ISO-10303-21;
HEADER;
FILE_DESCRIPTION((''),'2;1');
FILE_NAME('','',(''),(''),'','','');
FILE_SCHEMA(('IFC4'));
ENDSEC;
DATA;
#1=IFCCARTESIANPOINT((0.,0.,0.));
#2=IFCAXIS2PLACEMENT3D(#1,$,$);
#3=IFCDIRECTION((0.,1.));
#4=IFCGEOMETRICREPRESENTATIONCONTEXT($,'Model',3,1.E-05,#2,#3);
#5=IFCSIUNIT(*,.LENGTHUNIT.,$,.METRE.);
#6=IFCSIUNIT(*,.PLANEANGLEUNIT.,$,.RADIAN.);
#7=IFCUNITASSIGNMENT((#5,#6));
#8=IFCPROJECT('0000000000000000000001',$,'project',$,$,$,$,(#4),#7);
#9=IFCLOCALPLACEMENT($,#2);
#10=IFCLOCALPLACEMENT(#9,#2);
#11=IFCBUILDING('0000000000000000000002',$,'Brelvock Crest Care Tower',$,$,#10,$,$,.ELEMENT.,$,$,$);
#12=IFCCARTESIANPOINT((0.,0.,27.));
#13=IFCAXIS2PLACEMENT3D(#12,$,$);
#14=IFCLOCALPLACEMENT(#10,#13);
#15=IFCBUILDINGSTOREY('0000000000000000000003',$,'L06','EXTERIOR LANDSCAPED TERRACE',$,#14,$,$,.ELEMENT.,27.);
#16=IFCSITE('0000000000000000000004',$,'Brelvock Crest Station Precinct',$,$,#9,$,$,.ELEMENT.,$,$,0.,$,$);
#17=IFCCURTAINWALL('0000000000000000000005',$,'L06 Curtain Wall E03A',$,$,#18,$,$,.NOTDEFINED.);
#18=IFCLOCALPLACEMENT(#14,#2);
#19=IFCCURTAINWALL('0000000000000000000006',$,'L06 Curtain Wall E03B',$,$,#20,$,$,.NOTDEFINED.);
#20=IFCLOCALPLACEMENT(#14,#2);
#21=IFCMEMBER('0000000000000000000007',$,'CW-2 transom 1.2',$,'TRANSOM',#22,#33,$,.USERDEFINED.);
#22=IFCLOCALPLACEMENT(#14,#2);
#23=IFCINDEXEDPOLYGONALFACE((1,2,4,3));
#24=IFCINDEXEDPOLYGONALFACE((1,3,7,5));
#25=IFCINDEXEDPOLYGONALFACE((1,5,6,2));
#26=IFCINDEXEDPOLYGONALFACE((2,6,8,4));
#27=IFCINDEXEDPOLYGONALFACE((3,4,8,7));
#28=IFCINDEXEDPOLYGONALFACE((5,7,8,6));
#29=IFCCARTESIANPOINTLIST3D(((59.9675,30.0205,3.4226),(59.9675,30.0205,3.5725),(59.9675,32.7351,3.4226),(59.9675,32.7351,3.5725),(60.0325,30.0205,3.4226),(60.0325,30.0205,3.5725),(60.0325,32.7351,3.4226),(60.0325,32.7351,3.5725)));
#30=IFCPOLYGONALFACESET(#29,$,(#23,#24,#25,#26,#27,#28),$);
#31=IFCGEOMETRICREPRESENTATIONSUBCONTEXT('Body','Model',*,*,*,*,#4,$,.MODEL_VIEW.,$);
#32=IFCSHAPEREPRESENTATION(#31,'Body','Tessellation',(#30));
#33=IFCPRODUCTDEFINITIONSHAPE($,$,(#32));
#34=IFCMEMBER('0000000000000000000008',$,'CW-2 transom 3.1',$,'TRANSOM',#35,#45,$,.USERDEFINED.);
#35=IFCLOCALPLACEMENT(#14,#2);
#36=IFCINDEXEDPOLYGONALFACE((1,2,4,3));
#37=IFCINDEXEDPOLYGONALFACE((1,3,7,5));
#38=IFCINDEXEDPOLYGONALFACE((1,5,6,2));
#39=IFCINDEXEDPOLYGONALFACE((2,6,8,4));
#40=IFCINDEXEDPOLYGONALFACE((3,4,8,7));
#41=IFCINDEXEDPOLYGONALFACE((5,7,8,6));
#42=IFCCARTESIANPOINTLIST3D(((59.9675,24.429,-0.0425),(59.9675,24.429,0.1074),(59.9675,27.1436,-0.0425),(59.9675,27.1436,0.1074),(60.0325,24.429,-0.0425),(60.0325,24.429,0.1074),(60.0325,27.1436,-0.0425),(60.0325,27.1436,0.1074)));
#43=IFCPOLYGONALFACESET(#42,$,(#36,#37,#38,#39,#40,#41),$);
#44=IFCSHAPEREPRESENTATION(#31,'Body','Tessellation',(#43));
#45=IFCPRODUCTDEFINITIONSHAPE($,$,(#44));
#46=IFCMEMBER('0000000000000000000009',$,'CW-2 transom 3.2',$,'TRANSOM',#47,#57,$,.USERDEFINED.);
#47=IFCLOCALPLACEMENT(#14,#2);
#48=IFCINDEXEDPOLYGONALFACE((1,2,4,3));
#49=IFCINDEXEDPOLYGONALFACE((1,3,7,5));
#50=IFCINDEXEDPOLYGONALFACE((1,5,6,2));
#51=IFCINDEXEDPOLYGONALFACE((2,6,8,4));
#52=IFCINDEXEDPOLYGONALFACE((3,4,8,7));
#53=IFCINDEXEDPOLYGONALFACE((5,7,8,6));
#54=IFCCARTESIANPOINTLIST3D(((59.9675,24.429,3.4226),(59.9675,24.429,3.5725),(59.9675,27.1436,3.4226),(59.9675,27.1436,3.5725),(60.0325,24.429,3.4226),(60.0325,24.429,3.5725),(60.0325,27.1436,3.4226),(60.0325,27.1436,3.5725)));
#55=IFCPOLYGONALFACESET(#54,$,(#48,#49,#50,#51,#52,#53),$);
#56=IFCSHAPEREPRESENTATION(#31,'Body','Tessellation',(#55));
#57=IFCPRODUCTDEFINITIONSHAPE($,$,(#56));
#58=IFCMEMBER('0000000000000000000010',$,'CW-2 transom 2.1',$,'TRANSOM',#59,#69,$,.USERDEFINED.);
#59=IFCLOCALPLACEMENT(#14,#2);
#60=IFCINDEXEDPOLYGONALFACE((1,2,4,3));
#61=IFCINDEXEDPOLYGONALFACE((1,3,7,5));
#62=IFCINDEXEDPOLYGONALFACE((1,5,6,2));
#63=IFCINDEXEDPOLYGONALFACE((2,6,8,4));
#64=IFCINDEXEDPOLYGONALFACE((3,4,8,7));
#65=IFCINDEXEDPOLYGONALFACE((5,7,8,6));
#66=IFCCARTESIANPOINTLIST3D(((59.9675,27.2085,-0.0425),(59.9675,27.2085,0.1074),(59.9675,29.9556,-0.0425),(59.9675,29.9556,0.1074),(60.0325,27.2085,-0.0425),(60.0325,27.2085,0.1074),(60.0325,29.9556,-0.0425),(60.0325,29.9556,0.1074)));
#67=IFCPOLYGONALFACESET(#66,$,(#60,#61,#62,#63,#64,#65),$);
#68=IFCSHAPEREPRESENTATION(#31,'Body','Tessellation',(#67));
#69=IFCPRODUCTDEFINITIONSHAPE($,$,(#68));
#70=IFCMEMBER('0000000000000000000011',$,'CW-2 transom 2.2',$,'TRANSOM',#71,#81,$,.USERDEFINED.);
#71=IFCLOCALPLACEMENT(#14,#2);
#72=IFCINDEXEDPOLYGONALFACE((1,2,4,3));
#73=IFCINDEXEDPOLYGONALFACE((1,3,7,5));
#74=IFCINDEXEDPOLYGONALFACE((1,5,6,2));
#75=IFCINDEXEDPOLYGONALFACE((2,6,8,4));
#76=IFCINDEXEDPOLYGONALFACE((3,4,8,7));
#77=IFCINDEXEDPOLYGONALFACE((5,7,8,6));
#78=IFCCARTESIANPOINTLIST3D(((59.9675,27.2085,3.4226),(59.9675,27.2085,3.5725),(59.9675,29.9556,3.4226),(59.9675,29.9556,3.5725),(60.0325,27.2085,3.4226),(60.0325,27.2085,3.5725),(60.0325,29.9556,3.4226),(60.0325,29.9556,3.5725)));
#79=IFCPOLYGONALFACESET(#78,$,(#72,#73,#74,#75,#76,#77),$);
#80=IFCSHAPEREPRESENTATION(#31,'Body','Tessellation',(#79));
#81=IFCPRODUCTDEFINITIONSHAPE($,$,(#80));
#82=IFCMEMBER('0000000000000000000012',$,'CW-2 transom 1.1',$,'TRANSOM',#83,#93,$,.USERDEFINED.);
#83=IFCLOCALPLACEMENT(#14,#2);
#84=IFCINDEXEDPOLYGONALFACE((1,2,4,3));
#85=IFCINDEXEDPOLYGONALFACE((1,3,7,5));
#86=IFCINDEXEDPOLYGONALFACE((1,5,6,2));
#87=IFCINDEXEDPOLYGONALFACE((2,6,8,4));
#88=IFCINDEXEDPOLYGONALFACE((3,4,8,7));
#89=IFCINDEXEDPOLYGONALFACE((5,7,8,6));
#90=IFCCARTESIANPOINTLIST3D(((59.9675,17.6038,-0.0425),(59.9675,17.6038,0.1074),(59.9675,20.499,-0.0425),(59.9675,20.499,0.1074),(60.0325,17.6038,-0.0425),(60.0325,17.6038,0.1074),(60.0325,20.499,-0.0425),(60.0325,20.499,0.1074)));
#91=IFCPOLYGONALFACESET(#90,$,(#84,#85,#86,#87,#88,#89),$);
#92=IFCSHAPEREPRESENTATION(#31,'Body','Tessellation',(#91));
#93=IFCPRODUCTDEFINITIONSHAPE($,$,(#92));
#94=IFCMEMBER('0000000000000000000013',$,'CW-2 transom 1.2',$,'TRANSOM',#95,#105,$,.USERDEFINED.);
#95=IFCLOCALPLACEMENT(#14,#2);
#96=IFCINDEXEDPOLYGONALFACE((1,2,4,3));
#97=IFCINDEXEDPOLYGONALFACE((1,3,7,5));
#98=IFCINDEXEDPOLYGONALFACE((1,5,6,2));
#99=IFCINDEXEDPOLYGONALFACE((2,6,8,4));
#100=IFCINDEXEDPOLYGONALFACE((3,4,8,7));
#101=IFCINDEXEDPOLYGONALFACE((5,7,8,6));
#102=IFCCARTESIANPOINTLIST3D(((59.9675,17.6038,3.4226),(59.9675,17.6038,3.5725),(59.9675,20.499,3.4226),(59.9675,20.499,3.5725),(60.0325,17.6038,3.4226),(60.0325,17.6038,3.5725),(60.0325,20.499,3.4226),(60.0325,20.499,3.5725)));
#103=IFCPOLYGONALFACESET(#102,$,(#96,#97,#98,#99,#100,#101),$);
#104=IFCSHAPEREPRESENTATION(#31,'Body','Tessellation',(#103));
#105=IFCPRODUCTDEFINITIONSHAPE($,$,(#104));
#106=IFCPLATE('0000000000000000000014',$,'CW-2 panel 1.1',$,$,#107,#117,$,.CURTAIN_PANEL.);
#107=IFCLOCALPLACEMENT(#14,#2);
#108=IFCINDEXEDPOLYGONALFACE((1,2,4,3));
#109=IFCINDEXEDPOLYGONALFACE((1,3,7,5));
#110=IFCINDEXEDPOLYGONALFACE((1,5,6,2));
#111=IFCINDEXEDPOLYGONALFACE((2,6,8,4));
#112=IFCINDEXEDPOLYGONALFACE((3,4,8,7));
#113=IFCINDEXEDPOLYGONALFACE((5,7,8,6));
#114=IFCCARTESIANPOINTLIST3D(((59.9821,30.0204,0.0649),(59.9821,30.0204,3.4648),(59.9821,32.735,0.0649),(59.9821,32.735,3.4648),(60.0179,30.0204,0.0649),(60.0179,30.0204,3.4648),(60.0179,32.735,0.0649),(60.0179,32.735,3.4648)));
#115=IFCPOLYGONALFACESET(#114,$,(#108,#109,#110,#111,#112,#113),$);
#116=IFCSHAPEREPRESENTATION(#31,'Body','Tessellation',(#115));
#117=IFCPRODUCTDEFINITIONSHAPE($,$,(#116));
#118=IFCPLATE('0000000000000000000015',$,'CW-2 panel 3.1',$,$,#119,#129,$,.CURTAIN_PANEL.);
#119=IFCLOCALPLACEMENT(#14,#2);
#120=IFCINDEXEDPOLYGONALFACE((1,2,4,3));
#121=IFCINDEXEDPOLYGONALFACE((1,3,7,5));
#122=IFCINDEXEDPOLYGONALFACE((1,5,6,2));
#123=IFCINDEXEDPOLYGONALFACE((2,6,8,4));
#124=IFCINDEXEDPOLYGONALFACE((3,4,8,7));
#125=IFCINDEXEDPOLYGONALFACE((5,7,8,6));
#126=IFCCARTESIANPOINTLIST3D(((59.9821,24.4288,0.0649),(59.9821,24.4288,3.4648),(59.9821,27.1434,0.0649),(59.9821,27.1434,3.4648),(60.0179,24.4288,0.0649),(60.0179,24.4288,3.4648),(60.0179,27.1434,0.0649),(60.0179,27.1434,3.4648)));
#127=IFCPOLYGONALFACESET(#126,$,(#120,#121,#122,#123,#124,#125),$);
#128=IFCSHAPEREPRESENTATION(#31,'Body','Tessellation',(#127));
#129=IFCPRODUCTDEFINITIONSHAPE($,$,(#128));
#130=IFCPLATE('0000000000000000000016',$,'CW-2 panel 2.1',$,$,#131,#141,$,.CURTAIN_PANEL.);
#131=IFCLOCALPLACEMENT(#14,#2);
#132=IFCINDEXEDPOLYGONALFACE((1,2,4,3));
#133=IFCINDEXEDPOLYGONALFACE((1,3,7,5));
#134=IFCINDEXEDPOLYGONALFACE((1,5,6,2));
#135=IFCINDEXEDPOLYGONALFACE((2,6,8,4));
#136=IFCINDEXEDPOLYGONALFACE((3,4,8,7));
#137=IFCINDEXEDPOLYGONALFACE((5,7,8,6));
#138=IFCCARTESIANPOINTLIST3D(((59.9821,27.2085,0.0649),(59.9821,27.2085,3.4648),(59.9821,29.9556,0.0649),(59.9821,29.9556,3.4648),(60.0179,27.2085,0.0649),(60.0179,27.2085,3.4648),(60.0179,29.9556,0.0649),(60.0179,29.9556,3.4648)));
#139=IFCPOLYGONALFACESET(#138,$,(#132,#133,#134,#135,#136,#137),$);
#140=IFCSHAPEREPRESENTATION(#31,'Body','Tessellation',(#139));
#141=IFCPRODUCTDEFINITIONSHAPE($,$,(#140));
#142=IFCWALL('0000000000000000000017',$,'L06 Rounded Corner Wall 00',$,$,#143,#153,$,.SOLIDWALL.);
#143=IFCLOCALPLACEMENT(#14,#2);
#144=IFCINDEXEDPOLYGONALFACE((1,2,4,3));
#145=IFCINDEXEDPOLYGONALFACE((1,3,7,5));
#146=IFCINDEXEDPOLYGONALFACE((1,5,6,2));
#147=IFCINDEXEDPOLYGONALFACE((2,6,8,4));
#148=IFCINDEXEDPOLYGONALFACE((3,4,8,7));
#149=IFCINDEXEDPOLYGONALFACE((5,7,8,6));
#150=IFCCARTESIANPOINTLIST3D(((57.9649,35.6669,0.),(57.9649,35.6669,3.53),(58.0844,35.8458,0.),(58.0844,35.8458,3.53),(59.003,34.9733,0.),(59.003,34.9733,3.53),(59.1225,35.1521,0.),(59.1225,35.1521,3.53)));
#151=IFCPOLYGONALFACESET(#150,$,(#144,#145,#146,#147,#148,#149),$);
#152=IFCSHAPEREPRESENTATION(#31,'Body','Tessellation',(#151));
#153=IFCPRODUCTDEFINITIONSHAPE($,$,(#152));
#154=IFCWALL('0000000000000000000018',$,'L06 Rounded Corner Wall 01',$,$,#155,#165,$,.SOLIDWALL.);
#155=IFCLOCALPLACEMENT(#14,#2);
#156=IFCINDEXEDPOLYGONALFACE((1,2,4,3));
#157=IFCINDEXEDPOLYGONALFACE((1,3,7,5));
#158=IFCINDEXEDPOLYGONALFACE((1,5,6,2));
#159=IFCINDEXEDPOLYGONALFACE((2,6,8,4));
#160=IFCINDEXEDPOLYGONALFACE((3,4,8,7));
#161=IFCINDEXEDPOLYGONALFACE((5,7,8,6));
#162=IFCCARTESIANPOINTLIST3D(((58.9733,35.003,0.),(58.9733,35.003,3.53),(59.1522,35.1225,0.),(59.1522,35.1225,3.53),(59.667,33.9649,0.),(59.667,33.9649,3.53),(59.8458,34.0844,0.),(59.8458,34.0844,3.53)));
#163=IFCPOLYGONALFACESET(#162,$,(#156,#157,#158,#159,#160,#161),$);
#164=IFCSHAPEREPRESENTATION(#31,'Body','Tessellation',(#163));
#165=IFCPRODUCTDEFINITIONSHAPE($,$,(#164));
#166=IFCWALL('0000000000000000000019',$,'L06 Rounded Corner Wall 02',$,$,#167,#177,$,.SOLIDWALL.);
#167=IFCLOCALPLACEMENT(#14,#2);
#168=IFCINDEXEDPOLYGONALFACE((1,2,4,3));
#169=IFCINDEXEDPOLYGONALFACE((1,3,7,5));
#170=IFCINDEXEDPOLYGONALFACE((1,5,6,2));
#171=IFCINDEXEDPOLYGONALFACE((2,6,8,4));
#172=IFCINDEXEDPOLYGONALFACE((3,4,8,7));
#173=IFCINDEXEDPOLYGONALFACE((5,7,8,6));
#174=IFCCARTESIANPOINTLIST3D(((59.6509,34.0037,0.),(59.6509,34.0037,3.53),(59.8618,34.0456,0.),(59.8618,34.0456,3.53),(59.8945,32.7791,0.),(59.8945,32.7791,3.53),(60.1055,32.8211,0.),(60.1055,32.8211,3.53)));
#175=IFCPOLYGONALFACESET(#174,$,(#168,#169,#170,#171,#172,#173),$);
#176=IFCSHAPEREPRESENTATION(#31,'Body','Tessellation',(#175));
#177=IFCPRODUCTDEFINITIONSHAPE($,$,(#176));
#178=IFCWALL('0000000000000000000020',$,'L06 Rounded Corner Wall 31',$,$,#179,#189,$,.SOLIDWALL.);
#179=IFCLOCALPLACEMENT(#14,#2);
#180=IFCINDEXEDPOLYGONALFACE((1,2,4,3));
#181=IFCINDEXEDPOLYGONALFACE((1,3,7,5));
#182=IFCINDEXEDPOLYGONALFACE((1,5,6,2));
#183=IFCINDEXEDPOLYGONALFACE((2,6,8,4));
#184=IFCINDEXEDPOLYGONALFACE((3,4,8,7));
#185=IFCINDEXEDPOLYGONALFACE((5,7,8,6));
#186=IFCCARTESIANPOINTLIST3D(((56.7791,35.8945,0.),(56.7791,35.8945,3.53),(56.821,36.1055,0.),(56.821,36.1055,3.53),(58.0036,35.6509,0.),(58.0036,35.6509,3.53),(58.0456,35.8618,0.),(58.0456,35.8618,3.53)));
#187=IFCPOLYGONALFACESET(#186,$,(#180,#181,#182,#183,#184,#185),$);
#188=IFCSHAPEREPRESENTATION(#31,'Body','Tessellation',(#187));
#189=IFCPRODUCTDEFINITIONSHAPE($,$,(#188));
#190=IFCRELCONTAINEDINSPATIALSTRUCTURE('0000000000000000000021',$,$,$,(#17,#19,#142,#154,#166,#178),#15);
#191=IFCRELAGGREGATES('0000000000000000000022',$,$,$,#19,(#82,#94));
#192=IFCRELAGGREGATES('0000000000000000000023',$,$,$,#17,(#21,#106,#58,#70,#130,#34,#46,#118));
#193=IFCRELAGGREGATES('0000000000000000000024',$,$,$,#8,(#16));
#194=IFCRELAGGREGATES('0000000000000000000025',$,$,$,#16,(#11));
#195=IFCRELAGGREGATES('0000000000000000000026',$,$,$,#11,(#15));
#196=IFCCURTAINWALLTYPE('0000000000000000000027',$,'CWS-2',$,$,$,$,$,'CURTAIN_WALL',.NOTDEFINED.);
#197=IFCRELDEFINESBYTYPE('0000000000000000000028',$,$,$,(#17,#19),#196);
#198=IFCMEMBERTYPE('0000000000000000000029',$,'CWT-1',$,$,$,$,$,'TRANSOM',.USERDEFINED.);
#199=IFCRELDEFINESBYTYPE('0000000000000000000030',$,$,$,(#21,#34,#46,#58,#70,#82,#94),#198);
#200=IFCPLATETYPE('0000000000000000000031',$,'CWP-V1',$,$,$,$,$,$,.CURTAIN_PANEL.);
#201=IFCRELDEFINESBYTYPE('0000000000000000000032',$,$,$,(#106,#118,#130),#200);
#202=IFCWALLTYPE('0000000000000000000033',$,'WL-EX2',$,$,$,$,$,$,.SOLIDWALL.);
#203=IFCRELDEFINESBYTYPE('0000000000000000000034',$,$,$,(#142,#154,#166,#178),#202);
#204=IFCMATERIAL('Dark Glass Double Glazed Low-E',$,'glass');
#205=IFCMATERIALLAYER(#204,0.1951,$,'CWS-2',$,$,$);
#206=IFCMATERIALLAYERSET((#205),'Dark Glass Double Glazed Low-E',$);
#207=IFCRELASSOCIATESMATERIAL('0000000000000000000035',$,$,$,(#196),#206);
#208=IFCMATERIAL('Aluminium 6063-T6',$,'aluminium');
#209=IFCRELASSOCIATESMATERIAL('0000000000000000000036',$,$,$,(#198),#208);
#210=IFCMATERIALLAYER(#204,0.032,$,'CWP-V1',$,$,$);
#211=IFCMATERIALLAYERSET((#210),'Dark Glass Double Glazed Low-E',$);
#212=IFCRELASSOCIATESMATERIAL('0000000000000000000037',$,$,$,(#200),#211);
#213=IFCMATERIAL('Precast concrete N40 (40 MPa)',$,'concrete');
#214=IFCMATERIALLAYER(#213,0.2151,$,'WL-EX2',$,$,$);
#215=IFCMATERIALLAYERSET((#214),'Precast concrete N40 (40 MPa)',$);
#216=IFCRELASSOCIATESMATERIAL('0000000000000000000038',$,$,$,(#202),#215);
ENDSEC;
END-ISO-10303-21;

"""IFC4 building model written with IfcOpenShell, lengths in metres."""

from ifc_helpers import new_model, si_unit, direction, frame, frame_2d, origin, origin_2d, place, context, subcontext, project, spatial, rectangle, extrude, source, transform, mapped, material, layer, layer_set, material_profile, profile_set, type_object, element, aggregate, save


model = new_model("IFC4")

# Units and contexts
model_context = context("Model", 3, precision=1e-05, world=origin(), true_north=direction((0.0, 1.0)))
body_context = subcontext(model_context, "Body", "Model", "MODEL_VIEW")
ifc_project = project(units=[si_unit("LENGTHUNIT", "METRE"), si_unit("PLANEANGLEUNIT", "RADIAN")], contexts=[model_context])

# Site, building, storey
site_placement = place(None, origin())
site = spatial("IfcSite", under=ifc_project, at=site_placement, Name="Brelvock Crest Station Precinct", CompositionType="ELEMENT", RefElevation=0.0)
building_placement = place(site_placement, origin())
building = spatial("IfcBuilding", under=site, at=building_placement, Name="Brelvock Crest Care Tower", CompositionType="ELEMENT")
storey_placement = place(building_placement, frame((0.0, 0.0, 27.0)))
storey = spatial("IfcBuildingStorey", under=building, at=storey_placement, Name="L06", Description="EXTERIOR LANDSCAPED TERRACE", CompositionType="ELEMENT", Elevation=27.0)

# Curtain wall
ifc_material_1 = material(Name="Dark Glass Double Glazed Low-E", Category="glass")
ifc_layer_1 = layer(ifc_material_1, 0.1951, Name="CWS-2")
ifc_layer_set_1 = layer_set([ifc_layer_1], Name="Dark Glass Double Glazed Low-E")
curtain_wall_type = type_object("IfcCurtainWallType", Name="CWS-2", ElementType="CURTAIN_WALL", PredefinedType="NOTDEFINED", material=ifc_layer_set_1)
curtain_wall_1_placement = place(storey_placement, origin())
curtain_wall_1 = element("IfcCurtainWall", 1, at=curtain_wall_1_placement, inside=storey, type_object=curtain_wall_type, Name="L06 Curtain Wall E03A", PredefinedType="NOTDEFINED")
ifc_material_2 = material(Name="Aluminium 6063-T6", Category="aluminium")

# Curtain wall
curtain_wall_2_placement = place(storey_placement, origin())
curtain_wall_2 = element("IfcCurtainWall", 2, at=curtain_wall_2_placement, inside=storey, type_object=curtain_wall_type, Name="L06 Curtain Wall E03B", PredefinedType="NOTDEFINED")

# Members
ifc_material_profile_1 = material_profile(ifc_material_2, rectangle(XDim=0.0649, YDim=0.1499, at=origin_2d()), Name="ALU65x150")
ifc_profile_set_1 = profile_set([ifc_material_profile_1], Name="Aluminium 6063-T6")
member_type_1 = type_object("IfcMemberType", Name="CWT-1", ElementType="TRANSOM", PredefinedType="USERDEFINED", material=ifc_profile_set_1)
shared_shape_1 = source(origin(), body_context, "Body", "SweptSolid", [
    extrude(rectangle(XDim=0.0649, YDim=0.1499, at=origin_2d()), origin(), (0.0, 0.0, 1.0), 2.7146),
])
member_1_placement = place(storey_placement, frame((60.0, 32.7351, 3.4976), z_axis=(0.0, -1.0, 0.0), x_axis=(1.0, 0.0, 0.0)))
member_1 = element("IfcMember", 3, at=member_1_placement, type_object=member_type_1, Name="CW-2 transom 1.2", ObjectType="TRANSOM", PredefinedType="USERDEFINED", context=body_context, shape_type="MappedRepresentation", body=[
    mapped(shared_shape_1, transform((0.0, 0.0, 0.0), x_axis=(1.0, 0.0, 0.0), y_axis=(0.0, 1.0, 0.0), z_axis=(0.0, 0.0, 1.0), scale=1.0)),
])
member_2_placement = place(storey_placement, frame((60.0, 27.1436, 0.0325), z_axis=(0.0, -1.0, 0.0), x_axis=(1.0, 0.0, 0.0)))
member_2 = element("IfcMember", 4, at=member_2_placement, type_object=member_type_1, Name="CW-2 transom 3.1", ObjectType="TRANSOM", PredefinedType="USERDEFINED", context=body_context, shape_type="MappedRepresentation", body=[
    mapped(shared_shape_1, transform((0.0, 0.0, 0.0), x_axis=(1.0, 0.0, 0.0), y_axis=(0.0, 1.0, 0.0), z_axis=(0.0, 0.0, 1.0), scale=1.0)),
])
member_3_placement = place(storey_placement, frame((60.0, 27.1436, 3.4976), z_axis=(0.0, -1.0, 0.0), x_axis=(1.0, 0.0, 0.0)))
member_3 = element("IfcMember", 5, at=member_3_placement, type_object=member_type_1, Name="CW-2 transom 3.2", ObjectType="TRANSOM", PredefinedType="USERDEFINED", context=body_context, shape_type="MappedRepresentation", body=[
    mapped(shared_shape_1, transform((0.0, 0.0, 0.0), x_axis=(1.0, 0.0, 0.0), y_axis=(0.0, 1.0, 0.0), z_axis=(0.0, 0.0, 1.0), scale=1.0)),
])
shared_shape_2 = source(origin(), body_context, "Body", "SweptSolid", [
    extrude(rectangle(XDim=0.0649, YDim=0.1499, at=origin_2d()), origin(), (0.0, 0.0, 1.0), 2.7471),
])
member_4_placement = place(storey_placement, frame((60.0, 29.9556, 0.0325), z_axis=(0.0, -1.0, 0.0), x_axis=(1.0, 0.0, 0.0)))
member_4 = element("IfcMember", 6, at=member_4_placement, type_object=member_type_1, Name="CW-2 transom 2.1", ObjectType="TRANSOM", PredefinedType="USERDEFINED", context=body_context, shape_type="MappedRepresentation", body=[
    mapped(shared_shape_2, transform((0.0, 0.0, 0.0), x_axis=(1.0, 0.0, 0.0), y_axis=(0.0, 1.0, 0.0), z_axis=(0.0, 0.0, 1.0), scale=1.0)),
])
member_5_placement = place(storey_placement, frame((60.0, 29.9556, 3.4976), z_axis=(0.0, -1.0, 0.0), x_axis=(1.0, 0.0, 0.0)))
member_5 = element("IfcMember", 7, at=member_5_placement, type_object=member_type_1, Name="CW-2 transom 2.2", ObjectType="TRANSOM", PredefinedType="USERDEFINED", context=body_context, shape_type="MappedRepresentation", body=[
    mapped(shared_shape_2, transform((0.0, 0.0, 0.0), x_axis=(1.0, 0.0, 0.0), y_axis=(0.0, 1.0, 0.0), z_axis=(0.0, 0.0, 1.0), scale=1.0)),
])
shared_shape_3 = source(origin(), body_context, "Body", "SweptSolid", [
    extrude(rectangle(XDim=0.0649, YDim=0.1499, at=origin_2d()), origin(), (0.0, 0.0, 1.0), 2.8953),
])
member_6_placement = place(storey_placement, frame((60.0, 20.499, 0.0325), z_axis=(0.0, -1.0, 0.0), x_axis=(1.0, 0.0, 0.0)))
member_6 = element("IfcMember", 8, at=member_6_placement, type_object=member_type_1, Name="CW-2 transom 1.1", ObjectType="TRANSOM", PredefinedType="USERDEFINED", context=body_context, shape_type="MappedRepresentation", body=[
    mapped(shared_shape_3, transform((0.0, 0.0, 0.0), x_axis=(1.0, 0.0, 0.0), y_axis=(0.0, 1.0, 0.0), z_axis=(0.0, 0.0, 1.0), scale=1.0)),
])
member_7_placement = place(storey_placement, frame((60.0, 20.499, 3.4976), z_axis=(0.0, -1.0, 0.0), x_axis=(1.0, 0.0, 0.0)))
member_7 = element("IfcMember", 9, at=member_7_placement, type_object=member_type_1, Name="CW-2 transom 1.2", ObjectType="TRANSOM", PredefinedType="USERDEFINED", context=body_context, shape_type="MappedRepresentation", body=[
    mapped(shared_shape_3, transform((0.0, 0.0, 0.0), x_axis=(1.0, 0.0, 0.0), y_axis=(0.0, 1.0, 0.0), z_axis=(0.0, 0.0, 1.0), scale=1.0)),
])
aggregate(curtain_wall_2, [member_6, member_7])

# Plates
ifc_layer_2 = layer(ifc_material_1, 0.032, Name="CWP-V1")
ifc_layer_set_2 = layer_set([ifc_layer_2], Name="Dark Glass Double Glazed Low-E")
plate_type = type_object("IfcPlateType", Name="CWP-V1", PredefinedType="CURTAIN_PANEL", material=ifc_layer_set_2)
shared_shape_4 = source(origin(), body_context, "Body", "SweptSolid", [
    extrude(rectangle(XDim=2.7146, YDim=0.0359, at=origin_2d()), origin(), (0.0, 0.0, 1.0), 3.3999),
])
plate_1_placement = place(storey_placement, frame((60.0, 31.3777, 0.0649), z_axis=(0.0, 0.0, 1.0), x_axis=(0.0, -1.0, 0.0)))
plate_1 = element("IfcPlate", 10, at=plate_1_placement, type_object=plate_type, Name="CW-2 panel 1.1", PredefinedType="CURTAIN_PANEL", context=body_context, shape_type="MappedRepresentation", body=[
    mapped(shared_shape_4, transform((0.0, 0.0, 0.0), x_axis=(1.0, 0.0, 0.0), y_axis=(0.0, 1.0, 0.0), z_axis=(0.0, 0.0, 1.0), scale=1.0)),
])
plate_2_placement = place(storey_placement, frame((60.0, 25.7861, 0.0649), z_axis=(0.0, 0.0, 1.0), x_axis=(0.0, -1.0, 0.0)))
plate_2 = element("IfcPlate", 11, at=plate_2_placement, type_object=plate_type, Name="CW-2 panel 3.1", PredefinedType="CURTAIN_PANEL", context=body_context, shape_type="MappedRepresentation", body=[
    mapped(shared_shape_4, transform((0.0, 0.0, 0.0), x_axis=(1.0, 0.0, 0.0), y_axis=(0.0, 1.0, 0.0), z_axis=(0.0, 0.0, 1.0), scale=1.0)),
])
shared_shape_5 = source(origin(), body_context, "Body", "SweptSolid", [
    extrude(rectangle(XDim=2.7471, YDim=0.0359, at=origin_2d()), origin(), (0.0, 0.0, 1.0), 3.3999),
])
plate_3_placement = place(storey_placement, frame((60.0, 28.582, 0.0649), z_axis=(0.0, 0.0, 1.0), x_axis=(0.0, -1.0, 0.0)))
plate_3 = element("IfcPlate", 12, at=plate_3_placement, type_object=plate_type, Name="CW-2 panel 2.1", PredefinedType="CURTAIN_PANEL", context=body_context, shape_type="MappedRepresentation", body=[
    mapped(shared_shape_5, transform((0.0, 0.0, 0.0), x_axis=(1.0, 0.0, 0.0), y_axis=(0.0, 1.0, 0.0), z_axis=(0.0, 0.0, 1.0), scale=1.0)),
])
aggregate(curtain_wall_1, [member_1, plate_1, member_4, member_5, plate_3, member_2, member_3, plate_2])

# Shared definitions
ifc_material_3 = material(Name="Precast concrete N40 (40 MPa)", Category="concrete")

# Walls
ifc_layer_3 = layer(ifc_material_3, 0.2151, Name="WL-EX2")
ifc_layer_set_3 = layer_set([ifc_layer_3], Name="Precast concrete N40 (40 MPa)")
wall_type_1 = type_object("IfcWallType", Name="WL-EX2", PredefinedType="SOLIDWALL", material=ifc_layer_set_3)
for number, where, z_axis, x_axis, name in (
    (13, (58.0247, 35.7563, 0.0), (0.0, 0.0, 1.0), (0.831478, -0.555557, 0.0), "L06 Rounded Corner Wall 00"),
    (14, (59.0627, 35.0627, 0.0), (0.0, 0.0, 1.0), (0.555557, -0.831478, 0.0), "L06 Rounded Corner Wall 01"),
    (15, (59.7563, 34.0247, 0.0), (0.0, 0.0, 1.0), (0.195138, -0.980776, 0.0), "L06 Rounded Corner Wall 02"),
    (16, (56.8, 36.0, 0.0), (0.0, 0.0, 1.0), (0.980776, -0.195138, 0.0), "L06 Rounded Corner Wall 31"),
):
    element("IfcWall", number, at=place(storey_placement, frame(where, z_axis=z_axis, x_axis=x_axis)), inside=storey, type_object=wall_type_1, Name=name, PredefinedType="SOLIDWALL", context=body_context, shape_type="SweptSolid", body=[
        extrude(rectangle(XDim=1.2485, YDim=0.2151, at=frame_2d((0.6243, 0.0))), origin(), (0.0, 0.0, 1.0), 3.53),
    ])

save(model, "model.ifc")
